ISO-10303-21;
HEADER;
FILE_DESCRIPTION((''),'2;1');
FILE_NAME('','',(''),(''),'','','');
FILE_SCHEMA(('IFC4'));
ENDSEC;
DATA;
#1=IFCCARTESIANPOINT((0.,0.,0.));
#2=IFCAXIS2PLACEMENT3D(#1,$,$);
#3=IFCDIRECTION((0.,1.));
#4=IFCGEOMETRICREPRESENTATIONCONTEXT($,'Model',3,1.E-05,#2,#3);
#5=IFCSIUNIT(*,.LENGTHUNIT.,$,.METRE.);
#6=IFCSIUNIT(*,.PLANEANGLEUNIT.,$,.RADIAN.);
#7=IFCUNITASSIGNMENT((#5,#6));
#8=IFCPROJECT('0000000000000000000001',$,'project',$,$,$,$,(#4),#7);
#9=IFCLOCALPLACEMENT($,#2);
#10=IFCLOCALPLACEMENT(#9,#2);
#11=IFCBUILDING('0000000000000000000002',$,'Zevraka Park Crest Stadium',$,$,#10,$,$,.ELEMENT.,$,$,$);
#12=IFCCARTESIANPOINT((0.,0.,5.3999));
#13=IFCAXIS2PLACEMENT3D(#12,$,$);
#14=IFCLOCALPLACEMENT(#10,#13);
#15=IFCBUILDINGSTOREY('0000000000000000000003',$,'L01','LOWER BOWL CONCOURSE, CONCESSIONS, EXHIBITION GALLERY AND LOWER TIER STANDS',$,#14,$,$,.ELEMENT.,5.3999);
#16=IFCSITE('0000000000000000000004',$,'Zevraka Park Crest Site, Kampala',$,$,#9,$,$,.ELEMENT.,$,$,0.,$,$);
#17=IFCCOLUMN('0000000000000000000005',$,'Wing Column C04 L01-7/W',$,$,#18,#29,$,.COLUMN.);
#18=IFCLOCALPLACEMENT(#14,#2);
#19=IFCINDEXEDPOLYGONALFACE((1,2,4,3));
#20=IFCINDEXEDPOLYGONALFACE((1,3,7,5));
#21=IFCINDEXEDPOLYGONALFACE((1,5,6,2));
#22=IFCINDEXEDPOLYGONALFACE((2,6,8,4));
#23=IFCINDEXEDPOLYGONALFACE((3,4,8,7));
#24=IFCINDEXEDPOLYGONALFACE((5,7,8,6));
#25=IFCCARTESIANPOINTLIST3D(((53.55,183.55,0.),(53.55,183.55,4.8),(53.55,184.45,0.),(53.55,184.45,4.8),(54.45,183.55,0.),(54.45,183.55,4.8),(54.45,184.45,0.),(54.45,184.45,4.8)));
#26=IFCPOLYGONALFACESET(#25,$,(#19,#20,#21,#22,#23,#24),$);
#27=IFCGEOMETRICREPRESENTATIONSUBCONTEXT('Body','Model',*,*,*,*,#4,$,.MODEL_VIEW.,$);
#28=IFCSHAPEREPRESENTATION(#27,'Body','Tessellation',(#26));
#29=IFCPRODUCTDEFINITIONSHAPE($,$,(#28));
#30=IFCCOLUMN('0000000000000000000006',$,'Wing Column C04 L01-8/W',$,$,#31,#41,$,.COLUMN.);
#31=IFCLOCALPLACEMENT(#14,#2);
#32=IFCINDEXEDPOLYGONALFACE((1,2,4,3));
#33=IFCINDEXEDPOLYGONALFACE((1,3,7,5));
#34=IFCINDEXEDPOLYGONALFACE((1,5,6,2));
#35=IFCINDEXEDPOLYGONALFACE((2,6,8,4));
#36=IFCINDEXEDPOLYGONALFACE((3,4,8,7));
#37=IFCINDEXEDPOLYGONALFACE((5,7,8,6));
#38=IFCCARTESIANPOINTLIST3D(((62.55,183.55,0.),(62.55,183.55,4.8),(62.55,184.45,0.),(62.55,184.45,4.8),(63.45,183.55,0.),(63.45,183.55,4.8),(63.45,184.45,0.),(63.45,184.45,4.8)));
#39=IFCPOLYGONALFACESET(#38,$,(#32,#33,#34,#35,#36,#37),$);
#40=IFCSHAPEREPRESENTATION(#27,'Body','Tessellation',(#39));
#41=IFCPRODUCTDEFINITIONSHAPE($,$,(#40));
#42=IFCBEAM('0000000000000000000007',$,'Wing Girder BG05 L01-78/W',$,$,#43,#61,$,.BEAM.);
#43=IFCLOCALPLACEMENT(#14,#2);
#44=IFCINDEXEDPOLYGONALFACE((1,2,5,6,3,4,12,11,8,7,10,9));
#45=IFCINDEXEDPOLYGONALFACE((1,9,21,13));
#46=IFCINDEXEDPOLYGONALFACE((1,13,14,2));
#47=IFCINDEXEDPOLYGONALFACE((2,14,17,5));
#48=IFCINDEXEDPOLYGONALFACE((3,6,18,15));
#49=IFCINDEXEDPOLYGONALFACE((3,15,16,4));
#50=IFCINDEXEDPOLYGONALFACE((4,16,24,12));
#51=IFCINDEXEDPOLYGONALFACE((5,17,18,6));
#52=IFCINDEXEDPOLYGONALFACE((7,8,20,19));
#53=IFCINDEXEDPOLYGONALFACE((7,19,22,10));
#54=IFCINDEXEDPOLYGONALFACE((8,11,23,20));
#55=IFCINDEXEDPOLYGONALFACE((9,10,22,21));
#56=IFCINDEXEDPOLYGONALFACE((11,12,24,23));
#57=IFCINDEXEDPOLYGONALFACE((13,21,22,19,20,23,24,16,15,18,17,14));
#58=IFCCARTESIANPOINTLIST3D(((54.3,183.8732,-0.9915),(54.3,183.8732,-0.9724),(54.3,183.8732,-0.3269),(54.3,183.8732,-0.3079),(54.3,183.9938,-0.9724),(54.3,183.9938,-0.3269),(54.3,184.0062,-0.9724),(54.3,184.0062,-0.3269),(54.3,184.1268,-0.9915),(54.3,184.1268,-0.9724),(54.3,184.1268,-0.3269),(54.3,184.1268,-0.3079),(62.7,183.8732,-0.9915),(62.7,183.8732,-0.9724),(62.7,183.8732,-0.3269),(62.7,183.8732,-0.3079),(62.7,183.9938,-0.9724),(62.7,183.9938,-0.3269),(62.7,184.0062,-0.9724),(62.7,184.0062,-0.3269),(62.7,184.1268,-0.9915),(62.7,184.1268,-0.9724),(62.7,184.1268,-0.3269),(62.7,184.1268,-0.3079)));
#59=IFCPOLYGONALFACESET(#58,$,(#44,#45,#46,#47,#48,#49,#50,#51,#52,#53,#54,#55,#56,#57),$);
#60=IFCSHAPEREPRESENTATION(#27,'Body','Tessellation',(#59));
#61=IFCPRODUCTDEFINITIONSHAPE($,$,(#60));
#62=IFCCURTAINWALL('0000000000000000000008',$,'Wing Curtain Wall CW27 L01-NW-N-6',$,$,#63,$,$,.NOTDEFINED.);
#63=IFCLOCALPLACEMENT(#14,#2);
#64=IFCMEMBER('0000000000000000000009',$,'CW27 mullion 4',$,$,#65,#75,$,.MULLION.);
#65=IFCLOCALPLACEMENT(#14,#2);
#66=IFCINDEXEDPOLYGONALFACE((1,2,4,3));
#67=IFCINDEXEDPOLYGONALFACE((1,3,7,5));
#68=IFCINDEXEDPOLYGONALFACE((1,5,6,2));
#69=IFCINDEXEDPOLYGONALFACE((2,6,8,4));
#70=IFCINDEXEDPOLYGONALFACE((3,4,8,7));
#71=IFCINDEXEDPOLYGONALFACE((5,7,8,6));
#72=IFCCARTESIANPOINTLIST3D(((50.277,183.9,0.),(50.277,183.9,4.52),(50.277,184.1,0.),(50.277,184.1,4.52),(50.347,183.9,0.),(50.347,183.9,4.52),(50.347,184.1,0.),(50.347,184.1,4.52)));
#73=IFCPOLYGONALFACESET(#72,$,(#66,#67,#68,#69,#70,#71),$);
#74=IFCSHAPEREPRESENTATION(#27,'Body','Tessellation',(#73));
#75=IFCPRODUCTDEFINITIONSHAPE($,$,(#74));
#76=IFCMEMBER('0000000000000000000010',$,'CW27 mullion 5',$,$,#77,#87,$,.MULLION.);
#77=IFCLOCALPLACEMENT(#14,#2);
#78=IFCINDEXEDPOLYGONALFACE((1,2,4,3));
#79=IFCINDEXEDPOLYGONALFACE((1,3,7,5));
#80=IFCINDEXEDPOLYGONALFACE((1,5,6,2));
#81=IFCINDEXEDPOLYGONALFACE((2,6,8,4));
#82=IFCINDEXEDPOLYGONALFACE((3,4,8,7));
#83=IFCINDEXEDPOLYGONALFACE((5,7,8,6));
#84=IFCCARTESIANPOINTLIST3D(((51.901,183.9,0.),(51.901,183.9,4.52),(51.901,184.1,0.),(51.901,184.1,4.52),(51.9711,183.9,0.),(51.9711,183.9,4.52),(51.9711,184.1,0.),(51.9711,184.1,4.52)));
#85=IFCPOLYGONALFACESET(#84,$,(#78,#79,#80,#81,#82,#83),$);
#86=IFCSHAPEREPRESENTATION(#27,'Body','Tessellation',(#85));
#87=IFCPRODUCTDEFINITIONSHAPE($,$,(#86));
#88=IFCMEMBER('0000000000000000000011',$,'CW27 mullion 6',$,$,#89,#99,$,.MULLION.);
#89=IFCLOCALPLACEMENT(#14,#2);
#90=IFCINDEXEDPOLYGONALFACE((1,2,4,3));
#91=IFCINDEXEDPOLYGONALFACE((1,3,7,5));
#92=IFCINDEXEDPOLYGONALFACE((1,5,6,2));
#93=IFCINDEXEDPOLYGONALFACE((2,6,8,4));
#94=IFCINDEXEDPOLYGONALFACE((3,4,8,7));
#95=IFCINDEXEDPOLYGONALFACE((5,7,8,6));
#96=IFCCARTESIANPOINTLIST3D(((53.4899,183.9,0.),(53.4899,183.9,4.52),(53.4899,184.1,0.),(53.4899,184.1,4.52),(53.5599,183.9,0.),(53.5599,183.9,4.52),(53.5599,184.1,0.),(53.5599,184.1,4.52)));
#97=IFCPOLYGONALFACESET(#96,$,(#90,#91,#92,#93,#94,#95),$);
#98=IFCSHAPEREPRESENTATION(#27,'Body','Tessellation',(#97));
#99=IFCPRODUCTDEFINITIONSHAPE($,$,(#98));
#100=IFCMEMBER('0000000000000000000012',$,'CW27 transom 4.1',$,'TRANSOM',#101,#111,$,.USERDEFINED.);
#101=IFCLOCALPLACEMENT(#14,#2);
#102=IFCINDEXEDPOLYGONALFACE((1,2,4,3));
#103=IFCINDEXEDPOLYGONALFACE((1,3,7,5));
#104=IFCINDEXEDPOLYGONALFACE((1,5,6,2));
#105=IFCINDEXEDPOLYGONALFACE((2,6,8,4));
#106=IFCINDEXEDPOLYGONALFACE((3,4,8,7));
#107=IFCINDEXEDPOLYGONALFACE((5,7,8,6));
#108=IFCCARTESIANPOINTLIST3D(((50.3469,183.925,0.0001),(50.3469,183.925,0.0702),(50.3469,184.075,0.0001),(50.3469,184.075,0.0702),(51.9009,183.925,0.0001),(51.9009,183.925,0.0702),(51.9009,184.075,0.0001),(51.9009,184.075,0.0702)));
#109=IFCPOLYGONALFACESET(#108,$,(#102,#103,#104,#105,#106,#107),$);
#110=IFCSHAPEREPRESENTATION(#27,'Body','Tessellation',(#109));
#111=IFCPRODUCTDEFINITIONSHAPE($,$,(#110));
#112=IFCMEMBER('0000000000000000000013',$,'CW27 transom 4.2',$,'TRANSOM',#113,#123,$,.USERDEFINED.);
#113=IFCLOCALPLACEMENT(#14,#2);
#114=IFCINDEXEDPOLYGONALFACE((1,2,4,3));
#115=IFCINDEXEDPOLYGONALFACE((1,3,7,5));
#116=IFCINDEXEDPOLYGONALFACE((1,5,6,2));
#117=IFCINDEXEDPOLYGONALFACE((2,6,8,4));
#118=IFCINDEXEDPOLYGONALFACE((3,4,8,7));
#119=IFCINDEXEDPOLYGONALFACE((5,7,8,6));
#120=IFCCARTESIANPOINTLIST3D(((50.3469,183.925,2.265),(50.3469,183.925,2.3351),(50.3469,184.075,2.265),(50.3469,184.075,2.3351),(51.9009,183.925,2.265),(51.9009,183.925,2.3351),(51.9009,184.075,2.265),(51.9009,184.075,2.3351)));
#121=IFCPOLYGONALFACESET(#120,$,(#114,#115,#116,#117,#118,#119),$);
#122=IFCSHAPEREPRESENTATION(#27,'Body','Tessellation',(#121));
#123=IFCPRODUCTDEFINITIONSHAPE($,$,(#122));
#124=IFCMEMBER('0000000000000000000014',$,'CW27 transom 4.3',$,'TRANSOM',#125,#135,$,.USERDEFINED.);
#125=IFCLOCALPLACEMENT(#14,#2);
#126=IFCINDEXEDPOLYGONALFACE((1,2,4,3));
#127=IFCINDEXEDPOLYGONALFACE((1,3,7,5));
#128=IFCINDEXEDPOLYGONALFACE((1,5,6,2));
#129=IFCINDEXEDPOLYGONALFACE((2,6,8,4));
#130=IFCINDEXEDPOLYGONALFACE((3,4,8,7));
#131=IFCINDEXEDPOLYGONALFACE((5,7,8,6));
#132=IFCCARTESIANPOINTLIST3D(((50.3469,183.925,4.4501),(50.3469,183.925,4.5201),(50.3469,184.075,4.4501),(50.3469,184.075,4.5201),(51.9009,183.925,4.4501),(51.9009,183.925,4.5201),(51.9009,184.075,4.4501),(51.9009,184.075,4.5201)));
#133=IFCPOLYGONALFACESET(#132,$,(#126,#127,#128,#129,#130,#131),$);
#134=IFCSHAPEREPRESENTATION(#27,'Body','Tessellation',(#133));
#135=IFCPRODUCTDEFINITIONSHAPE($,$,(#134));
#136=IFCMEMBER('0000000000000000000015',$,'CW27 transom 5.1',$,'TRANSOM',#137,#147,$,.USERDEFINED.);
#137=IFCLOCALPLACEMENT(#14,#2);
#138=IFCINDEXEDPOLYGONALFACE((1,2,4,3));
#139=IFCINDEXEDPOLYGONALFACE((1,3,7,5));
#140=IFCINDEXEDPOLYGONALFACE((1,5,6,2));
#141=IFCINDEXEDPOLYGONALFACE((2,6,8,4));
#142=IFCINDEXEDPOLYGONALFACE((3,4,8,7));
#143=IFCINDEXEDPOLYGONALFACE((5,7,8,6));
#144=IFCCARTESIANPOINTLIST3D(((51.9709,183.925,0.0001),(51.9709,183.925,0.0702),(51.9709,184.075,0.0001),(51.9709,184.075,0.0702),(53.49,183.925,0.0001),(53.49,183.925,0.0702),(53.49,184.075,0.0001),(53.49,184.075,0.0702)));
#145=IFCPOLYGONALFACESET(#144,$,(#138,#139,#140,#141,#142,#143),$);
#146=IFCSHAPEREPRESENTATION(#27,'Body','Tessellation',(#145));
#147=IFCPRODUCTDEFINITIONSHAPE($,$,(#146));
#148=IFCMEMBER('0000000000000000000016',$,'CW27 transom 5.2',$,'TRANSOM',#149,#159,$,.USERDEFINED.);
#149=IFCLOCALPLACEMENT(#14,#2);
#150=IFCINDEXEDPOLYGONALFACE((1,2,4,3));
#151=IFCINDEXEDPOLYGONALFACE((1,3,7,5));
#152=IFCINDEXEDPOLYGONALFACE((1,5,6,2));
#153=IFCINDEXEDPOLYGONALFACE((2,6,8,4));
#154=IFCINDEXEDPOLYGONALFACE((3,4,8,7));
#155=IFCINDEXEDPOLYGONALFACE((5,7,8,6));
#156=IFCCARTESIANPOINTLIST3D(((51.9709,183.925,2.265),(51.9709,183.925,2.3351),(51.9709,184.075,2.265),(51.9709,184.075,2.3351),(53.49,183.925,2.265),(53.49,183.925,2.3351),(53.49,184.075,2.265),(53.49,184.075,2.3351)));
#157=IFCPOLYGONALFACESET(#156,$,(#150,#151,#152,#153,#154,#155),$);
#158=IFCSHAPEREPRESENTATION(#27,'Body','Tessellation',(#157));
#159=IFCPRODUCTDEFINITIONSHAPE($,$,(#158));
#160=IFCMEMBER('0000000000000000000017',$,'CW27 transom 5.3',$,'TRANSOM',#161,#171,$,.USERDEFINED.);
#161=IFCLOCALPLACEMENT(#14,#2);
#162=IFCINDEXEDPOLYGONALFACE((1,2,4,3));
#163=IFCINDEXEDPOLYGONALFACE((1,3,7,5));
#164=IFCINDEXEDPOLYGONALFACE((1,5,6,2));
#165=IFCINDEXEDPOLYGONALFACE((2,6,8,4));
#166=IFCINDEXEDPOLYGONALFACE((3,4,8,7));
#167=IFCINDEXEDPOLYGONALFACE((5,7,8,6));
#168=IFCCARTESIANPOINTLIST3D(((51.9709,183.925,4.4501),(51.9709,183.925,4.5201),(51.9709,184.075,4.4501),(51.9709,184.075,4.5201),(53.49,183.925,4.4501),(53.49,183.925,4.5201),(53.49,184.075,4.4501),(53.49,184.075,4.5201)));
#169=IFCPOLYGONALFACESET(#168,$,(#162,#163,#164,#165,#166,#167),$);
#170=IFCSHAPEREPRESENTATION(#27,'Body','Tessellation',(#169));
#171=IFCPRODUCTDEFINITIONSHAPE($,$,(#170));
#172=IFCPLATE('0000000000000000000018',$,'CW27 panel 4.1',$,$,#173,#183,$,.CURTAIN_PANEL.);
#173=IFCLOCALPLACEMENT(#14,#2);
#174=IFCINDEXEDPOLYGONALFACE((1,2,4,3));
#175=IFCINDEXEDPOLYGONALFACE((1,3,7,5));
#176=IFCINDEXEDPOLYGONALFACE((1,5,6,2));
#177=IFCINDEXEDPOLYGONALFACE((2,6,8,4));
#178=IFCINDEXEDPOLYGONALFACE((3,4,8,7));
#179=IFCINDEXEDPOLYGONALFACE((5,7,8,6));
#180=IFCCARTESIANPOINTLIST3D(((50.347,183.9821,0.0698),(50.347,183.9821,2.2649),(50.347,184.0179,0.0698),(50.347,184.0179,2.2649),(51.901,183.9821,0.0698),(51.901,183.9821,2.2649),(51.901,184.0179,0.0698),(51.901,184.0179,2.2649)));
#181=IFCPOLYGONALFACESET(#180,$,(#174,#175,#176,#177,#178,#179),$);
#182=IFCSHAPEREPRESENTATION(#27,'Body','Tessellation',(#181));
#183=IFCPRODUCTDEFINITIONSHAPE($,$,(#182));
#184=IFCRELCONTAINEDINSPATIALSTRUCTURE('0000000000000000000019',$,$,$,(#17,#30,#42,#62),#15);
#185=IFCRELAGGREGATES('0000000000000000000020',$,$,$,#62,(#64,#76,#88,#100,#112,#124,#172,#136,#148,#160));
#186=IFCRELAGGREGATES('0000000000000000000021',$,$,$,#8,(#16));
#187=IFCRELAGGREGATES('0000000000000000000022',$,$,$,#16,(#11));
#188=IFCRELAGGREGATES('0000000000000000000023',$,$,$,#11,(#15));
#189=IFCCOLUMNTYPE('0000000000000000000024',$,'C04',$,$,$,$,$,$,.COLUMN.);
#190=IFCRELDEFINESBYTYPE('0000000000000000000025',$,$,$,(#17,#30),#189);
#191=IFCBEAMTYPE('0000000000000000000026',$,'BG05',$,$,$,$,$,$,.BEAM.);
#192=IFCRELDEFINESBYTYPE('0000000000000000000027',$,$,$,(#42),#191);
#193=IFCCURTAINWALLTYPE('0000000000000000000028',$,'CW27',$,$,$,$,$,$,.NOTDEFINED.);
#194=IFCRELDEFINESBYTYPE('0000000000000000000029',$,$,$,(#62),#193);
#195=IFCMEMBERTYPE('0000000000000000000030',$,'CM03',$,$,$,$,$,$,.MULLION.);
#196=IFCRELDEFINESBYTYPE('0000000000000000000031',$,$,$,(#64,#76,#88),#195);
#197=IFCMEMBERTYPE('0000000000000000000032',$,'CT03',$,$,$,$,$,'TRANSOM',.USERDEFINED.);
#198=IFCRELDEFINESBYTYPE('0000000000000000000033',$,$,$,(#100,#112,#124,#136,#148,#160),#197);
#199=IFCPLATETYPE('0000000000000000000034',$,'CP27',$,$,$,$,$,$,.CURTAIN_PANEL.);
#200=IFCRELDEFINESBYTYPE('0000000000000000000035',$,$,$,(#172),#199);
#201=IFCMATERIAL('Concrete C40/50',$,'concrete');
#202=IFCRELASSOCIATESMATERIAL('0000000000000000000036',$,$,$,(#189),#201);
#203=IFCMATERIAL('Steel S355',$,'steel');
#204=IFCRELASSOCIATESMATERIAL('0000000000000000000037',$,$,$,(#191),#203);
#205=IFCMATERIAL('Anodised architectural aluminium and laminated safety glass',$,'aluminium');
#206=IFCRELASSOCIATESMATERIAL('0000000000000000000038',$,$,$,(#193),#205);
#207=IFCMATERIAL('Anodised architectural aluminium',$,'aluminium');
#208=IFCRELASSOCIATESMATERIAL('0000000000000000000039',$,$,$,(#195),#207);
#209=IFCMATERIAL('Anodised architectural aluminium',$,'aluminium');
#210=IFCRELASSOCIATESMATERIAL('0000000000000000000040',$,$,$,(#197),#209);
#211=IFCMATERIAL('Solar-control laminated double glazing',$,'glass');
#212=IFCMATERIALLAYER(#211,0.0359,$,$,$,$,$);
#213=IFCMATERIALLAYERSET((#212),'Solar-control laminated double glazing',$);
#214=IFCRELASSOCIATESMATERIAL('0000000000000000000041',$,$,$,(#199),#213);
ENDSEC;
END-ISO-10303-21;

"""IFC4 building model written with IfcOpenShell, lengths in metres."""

from ifc_helpers import new_model, si_unit, direction, frame, origin, origin_2d, place, context, subcontext, project, spatial, rectangle, i_section, extrude, material, layer, layer_set, material_profile, profile_set, type_object, element, aggregate, save


model = new_model("IFC4")

# Units and contexts
model_context = context("Model", 3, precision=1e-05, world=origin(), true_north=direction((0.0, 1.0)))
body_context = subcontext(model_context, "Body", "Model", "MODEL_VIEW")
ifc_project = project(units=[si_unit("LENGTHUNIT", "METRE"), si_unit("PLANEANGLEUNIT", "RADIAN")], contexts=[model_context])

# Site, building, storey
site_placement = place(None, origin())
site = spatial("IfcSite", under=ifc_project, at=site_placement, Name="Zevraka Park Crest Site, Kampala", CompositionType="ELEMENT", RefElevation=0.0)
building_placement = place(site_placement, origin())
building = spatial("IfcBuilding", under=site, at=building_placement, Name="Zevraka Park Crest Stadium", CompositionType="ELEMENT")
storey_placement = place(building_placement, frame((0.0, 0.0, 5.3999)))
storey = spatial("IfcBuildingStorey", under=building, at=storey_placement, Name="L01", Description="LOWER BOWL CONCOURSE, CONCESSIONS, EXHIBITION GALLERY AND LOWER TIER STANDS", CompositionType="ELEMENT", Elevation=5.3999)

# Columns
ifc_material_1 = material(Name="Concrete C40/50", Category="concrete")
ifc_material_profile_1 = material_profile(ifc_material_1, rectangle(XDim=0.8999, YDim=0.8999, at=origin_2d()), Name="RC 900x900")
ifc_profile_set_1 = profile_set([ifc_material_profile_1], Name="Concrete C40/50")
column_type = type_object("IfcColumnType", Name="C04", PredefinedType="COLUMN", material=ifc_profile_set_1)
for number, where, z_axis, x_axis, name in (
    (1, (54.0, 184.0, 0.0), (0.0, 0.0, 1.0), (1.0, 0.0, 0.0), "Wing Column C04 L01-7/W"),
    (2, (63.0, 184.0, 0.0), (0.0, 0.0, 1.0), (1.0, 0.0, 0.0), "Wing Column C04 L01-8/W"),
):
    element("IfcColumn", number, at=place(storey_placement, frame(where, z_axis=z_axis, x_axis=x_axis)), inside=storey, type_object=column_type, Name=name, PredefinedType="COLUMN", context=body_context, shape_type="SweptSolid", body=[
        extrude(rectangle(XDim=0.8999, YDim=0.8999, at=origin_2d()), origin(), (0.0, 0.0, 1.0), 4.8),
    ])

# Beam
ifc_material_2 = material(Name="Steel S355", Category="steel")
ifc_material_profile_2 = material_profile(ifc_material_2, i_section(OverallWidth=0.2537, OverallDepth=0.6836, WebThickness=0.0125, FlangeThickness=0.019, at=origin_2d()), Name="UKB 686x254x140")
ifc_profile_set_2 = profile_set([ifc_material_profile_2], Name="Steel S355")
beam_type = type_object("IfcBeamType", Name="BG05", PredefinedType="BEAM", material=ifc_profile_set_2)
beam_placement = place(storey_placement, frame((54.3, 184.0, -0.6497), z_axis=(1.0, 0.0, 0.0), x_axis=(0.0, 1.0, 0.0)))
element("IfcBeam", 3, at=beam_placement, inside=storey, type_object=beam_type, Name="Wing Girder BG05 L01-78/W", PredefinedType="BEAM", context=body_context, shape_type="SweptSolid", body=[
    extrude(i_section(OverallWidth=0.2537, OverallDepth=0.6836, WebThickness=0.0125, FlangeThickness=0.019, at=origin_2d()), origin(), (0.0, 0.0, 1.0), 8.3999),
])

# Curtain wall, members, plate
ifc_material_3 = material(Name="Anodised architectural aluminium and laminated safety glass", Category="aluminium")
curtain_wall_type = type_object("IfcCurtainWallType", Name="CW27", PredefinedType="NOTDEFINED", material=ifc_material_3)
curtain_wall_placement = place(storey_placement, origin())
curtain_wall = element("IfcCurtainWall", 4, at=curtain_wall_placement, inside=storey, type_object=curtain_wall_type, Name="Wing Curtain Wall CW27 L01-NW-N-6", PredefinedType="NOTDEFINED")
ifc_material_4 = material(Name="Anodised architectural aluminium", Category="aluminium")
ifc_material_profile_3 = material_profile(ifc_material_4, rectangle(XDim=0.2, YDim=0.0701, at=origin_2d()), Name="ALU MULLION 200x70")
ifc_profile_set_3 = profile_set([ifc_material_profile_3], Name="Anodised architectural aluminium")
member_type_1 = type_object("IfcMemberType", Name="CM03", PredefinedType="MULLION", material=ifc_profile_set_3)
member_1_placement = place(storey_placement, frame((50.312, 184.0, 0.0), z_axis=(0.0, 0.0, 1.0), x_axis=(0.0, 1.0, 0.0)))
member_1 = element("IfcMember", 5, at=member_1_placement, type_object=member_type_1, Name="CW27 mullion 4", PredefinedType="MULLION", context=body_context, shape_type="SweptSolid", body=[
    extrude(rectangle(XDim=0.2, YDim=0.0701, at=origin_2d()), origin(), (0.0, 0.0, 1.0), 4.52),
])
member_2_placement = place(storey_placement, frame((51.936, 184.0, 0.0), z_axis=(0.0, 0.0, 1.0), x_axis=(0.0, 1.0, 0.0)))
member_2 = element("IfcMember", 6, at=member_2_placement, type_object=member_type_1, Name="CW27 mullion 5", PredefinedType="MULLION", context=body_context, shape_type="SweptSolid", body=[
    extrude(rectangle(XDim=0.2, YDim=0.0701, at=origin_2d()), origin(), (0.0, 0.0, 1.0), 4.52),
])
member_3_placement = place(storey_placement, frame((53.5249, 184.0, 0.0), z_axis=(0.0, 0.0, 1.0), x_axis=(0.0, 1.0, 0.0)))
member_3 = element("IfcMember", 7, at=member_3_placement, type_object=member_type_1, Name="CW27 mullion 6", PredefinedType="MULLION", context=body_context, shape_type="SweptSolid", body=[
    extrude(rectangle(XDim=0.2, YDim=0.0701, at=origin_2d()), origin(), (0.0, 0.0, 1.0), 4.52),
])
ifc_material_5 = material(Name="Anodised architectural aluminium", Category="aluminium")
ifc_material_profile_4 = material_profile(ifc_material_5, rectangle(XDim=0.1499, YDim=0.0701, at=origin_2d()), Name="ALU TRANSOM 150x70")
ifc_profile_set_4 = profile_set([ifc_material_profile_4], Name="Anodised architectural aluminium")
member_type_2 = type_object("IfcMemberType", Name="CT03", ElementType="TRANSOM", PredefinedType="USERDEFINED", material=ifc_profile_set_4)
member_4_placement = place(storey_placement, frame((50.3469, 184.0, 0.0352), z_axis=(1.0, 0.0, 0.0), x_axis=(0.0, 1.0, 0.0)))
member_4 = element("IfcMember", 8, at=member_4_placement, type_object=member_type_2, Name="CW27 transom 4.1", ObjectType="TRANSOM", PredefinedType="USERDEFINED", context=body_context, shape_type="SweptSolid", body=[
    extrude(rectangle(XDim=0.1499, YDim=0.0701, at=origin_2d()), origin(), (0.0, 0.0, 1.0), 1.554),
])
member_5_placement = place(storey_placement, frame((50.3469, 184.0, 2.3), z_axis=(1.0, 0.0, 0.0), x_axis=(0.0, 1.0, 0.0)))
member_5 = element("IfcMember", 9, at=member_5_placement, type_object=member_type_2, Name="CW27 transom 4.2", ObjectType="TRANSOM", PredefinedType="USERDEFINED", context=body_context, shape_type="SweptSolid", body=[
    extrude(rectangle(XDim=0.1499, YDim=0.0701, at=origin_2d()), origin(), (0.0, 0.0, 1.0), 1.554),
])
member_6_placement = place(storey_placement, frame((50.3469, 184.0, 4.4851), z_axis=(1.0, 0.0, 0.0), x_axis=(0.0, 1.0, 0.0)))
member_6 = element("IfcMember", 10, at=member_6_placement, type_object=member_type_2, Name="CW27 transom 4.3", ObjectType="TRANSOM", PredefinedType="USERDEFINED", context=body_context, shape_type="SweptSolid", body=[
    extrude(rectangle(XDim=0.1499, YDim=0.0701, at=origin_2d()), origin(), (0.0, 0.0, 1.0), 1.554),
])
member_7_placement = place(storey_placement, frame((51.9709, 184.0, 0.0352), z_axis=(1.0, 0.0, 0.0), x_axis=(0.0, 1.0, 0.0)))
member_7 = element("IfcMember", 11, at=member_7_placement, type_object=member_type_2, Name="CW27 transom 5.1", ObjectType="TRANSOM", PredefinedType="USERDEFINED", context=body_context, shape_type="SweptSolid", body=[
    extrude(rectangle(XDim=0.1499, YDim=0.0701, at=origin_2d()), origin(), (0.0, 0.0, 1.0), 1.519),
])
member_8_placement = place(storey_placement, frame((51.9709, 184.0, 2.3), z_axis=(1.0, 0.0, 0.0), x_axis=(0.0, 1.0, 0.0)))
member_8 = element("IfcMember", 12, at=member_8_placement, type_object=member_type_2, Name="CW27 transom 5.2", ObjectType="TRANSOM", PredefinedType="USERDEFINED", context=body_context, shape_type="SweptSolid", body=[
    extrude(rectangle(XDim=0.1499, YDim=0.0701, at=origin_2d()), origin(), (0.0, 0.0, 1.0), 1.519),
])
member_9_placement = place(storey_placement, frame((51.9709, 184.0, 4.4851), z_axis=(1.0, 0.0, 0.0), x_axis=(0.0, 1.0, 0.0)))
member_9 = element("IfcMember", 13, at=member_9_placement, type_object=member_type_2, Name="CW27 transom 5.3", ObjectType="TRANSOM", PredefinedType="USERDEFINED", context=body_context, shape_type="SweptSolid", body=[
    extrude(rectangle(XDim=0.1499, YDim=0.0701, at=origin_2d()), origin(), (0.0, 0.0, 1.0), 1.519),
])
ifc_material_6 = material(Name="Solar-control laminated double glazing", Category="glass")
ifc_layer_1 = layer(ifc_material_6, 0.0359)
ifc_layer_set_1 = layer_set([ifc_layer_1], Name="Solar-control laminated double glazing")
plate_type = type_object("IfcPlateType", Name="CP27", PredefinedType="CURTAIN_PANEL", material=ifc_layer_set_1)
plate_1_placement = place(storey_placement, frame((51.124, 184.0, 0.0698), z_axis=(0.0, 0.0, 1.0), x_axis=(1.0, 0.0, 0.0)))
plate_1 = element("IfcPlate", 14, at=plate_1_placement, type_object=plate_type, Name="CW27 panel 4.1", PredefinedType="CURTAIN_PANEL", context=body_context, shape_type="SweptSolid", body=[
    extrude(rectangle(XDim=1.554, YDim=0.0359, at=origin_2d()), origin(), (0.0, 0.0, 1.0), 2.1951),
])
aggregate(curtain_wall, [member_1, member_2, member_3, member_4, member_5, member_6, plate_1, member_7, member_8, member_9])

save(model, "model.ifc")
